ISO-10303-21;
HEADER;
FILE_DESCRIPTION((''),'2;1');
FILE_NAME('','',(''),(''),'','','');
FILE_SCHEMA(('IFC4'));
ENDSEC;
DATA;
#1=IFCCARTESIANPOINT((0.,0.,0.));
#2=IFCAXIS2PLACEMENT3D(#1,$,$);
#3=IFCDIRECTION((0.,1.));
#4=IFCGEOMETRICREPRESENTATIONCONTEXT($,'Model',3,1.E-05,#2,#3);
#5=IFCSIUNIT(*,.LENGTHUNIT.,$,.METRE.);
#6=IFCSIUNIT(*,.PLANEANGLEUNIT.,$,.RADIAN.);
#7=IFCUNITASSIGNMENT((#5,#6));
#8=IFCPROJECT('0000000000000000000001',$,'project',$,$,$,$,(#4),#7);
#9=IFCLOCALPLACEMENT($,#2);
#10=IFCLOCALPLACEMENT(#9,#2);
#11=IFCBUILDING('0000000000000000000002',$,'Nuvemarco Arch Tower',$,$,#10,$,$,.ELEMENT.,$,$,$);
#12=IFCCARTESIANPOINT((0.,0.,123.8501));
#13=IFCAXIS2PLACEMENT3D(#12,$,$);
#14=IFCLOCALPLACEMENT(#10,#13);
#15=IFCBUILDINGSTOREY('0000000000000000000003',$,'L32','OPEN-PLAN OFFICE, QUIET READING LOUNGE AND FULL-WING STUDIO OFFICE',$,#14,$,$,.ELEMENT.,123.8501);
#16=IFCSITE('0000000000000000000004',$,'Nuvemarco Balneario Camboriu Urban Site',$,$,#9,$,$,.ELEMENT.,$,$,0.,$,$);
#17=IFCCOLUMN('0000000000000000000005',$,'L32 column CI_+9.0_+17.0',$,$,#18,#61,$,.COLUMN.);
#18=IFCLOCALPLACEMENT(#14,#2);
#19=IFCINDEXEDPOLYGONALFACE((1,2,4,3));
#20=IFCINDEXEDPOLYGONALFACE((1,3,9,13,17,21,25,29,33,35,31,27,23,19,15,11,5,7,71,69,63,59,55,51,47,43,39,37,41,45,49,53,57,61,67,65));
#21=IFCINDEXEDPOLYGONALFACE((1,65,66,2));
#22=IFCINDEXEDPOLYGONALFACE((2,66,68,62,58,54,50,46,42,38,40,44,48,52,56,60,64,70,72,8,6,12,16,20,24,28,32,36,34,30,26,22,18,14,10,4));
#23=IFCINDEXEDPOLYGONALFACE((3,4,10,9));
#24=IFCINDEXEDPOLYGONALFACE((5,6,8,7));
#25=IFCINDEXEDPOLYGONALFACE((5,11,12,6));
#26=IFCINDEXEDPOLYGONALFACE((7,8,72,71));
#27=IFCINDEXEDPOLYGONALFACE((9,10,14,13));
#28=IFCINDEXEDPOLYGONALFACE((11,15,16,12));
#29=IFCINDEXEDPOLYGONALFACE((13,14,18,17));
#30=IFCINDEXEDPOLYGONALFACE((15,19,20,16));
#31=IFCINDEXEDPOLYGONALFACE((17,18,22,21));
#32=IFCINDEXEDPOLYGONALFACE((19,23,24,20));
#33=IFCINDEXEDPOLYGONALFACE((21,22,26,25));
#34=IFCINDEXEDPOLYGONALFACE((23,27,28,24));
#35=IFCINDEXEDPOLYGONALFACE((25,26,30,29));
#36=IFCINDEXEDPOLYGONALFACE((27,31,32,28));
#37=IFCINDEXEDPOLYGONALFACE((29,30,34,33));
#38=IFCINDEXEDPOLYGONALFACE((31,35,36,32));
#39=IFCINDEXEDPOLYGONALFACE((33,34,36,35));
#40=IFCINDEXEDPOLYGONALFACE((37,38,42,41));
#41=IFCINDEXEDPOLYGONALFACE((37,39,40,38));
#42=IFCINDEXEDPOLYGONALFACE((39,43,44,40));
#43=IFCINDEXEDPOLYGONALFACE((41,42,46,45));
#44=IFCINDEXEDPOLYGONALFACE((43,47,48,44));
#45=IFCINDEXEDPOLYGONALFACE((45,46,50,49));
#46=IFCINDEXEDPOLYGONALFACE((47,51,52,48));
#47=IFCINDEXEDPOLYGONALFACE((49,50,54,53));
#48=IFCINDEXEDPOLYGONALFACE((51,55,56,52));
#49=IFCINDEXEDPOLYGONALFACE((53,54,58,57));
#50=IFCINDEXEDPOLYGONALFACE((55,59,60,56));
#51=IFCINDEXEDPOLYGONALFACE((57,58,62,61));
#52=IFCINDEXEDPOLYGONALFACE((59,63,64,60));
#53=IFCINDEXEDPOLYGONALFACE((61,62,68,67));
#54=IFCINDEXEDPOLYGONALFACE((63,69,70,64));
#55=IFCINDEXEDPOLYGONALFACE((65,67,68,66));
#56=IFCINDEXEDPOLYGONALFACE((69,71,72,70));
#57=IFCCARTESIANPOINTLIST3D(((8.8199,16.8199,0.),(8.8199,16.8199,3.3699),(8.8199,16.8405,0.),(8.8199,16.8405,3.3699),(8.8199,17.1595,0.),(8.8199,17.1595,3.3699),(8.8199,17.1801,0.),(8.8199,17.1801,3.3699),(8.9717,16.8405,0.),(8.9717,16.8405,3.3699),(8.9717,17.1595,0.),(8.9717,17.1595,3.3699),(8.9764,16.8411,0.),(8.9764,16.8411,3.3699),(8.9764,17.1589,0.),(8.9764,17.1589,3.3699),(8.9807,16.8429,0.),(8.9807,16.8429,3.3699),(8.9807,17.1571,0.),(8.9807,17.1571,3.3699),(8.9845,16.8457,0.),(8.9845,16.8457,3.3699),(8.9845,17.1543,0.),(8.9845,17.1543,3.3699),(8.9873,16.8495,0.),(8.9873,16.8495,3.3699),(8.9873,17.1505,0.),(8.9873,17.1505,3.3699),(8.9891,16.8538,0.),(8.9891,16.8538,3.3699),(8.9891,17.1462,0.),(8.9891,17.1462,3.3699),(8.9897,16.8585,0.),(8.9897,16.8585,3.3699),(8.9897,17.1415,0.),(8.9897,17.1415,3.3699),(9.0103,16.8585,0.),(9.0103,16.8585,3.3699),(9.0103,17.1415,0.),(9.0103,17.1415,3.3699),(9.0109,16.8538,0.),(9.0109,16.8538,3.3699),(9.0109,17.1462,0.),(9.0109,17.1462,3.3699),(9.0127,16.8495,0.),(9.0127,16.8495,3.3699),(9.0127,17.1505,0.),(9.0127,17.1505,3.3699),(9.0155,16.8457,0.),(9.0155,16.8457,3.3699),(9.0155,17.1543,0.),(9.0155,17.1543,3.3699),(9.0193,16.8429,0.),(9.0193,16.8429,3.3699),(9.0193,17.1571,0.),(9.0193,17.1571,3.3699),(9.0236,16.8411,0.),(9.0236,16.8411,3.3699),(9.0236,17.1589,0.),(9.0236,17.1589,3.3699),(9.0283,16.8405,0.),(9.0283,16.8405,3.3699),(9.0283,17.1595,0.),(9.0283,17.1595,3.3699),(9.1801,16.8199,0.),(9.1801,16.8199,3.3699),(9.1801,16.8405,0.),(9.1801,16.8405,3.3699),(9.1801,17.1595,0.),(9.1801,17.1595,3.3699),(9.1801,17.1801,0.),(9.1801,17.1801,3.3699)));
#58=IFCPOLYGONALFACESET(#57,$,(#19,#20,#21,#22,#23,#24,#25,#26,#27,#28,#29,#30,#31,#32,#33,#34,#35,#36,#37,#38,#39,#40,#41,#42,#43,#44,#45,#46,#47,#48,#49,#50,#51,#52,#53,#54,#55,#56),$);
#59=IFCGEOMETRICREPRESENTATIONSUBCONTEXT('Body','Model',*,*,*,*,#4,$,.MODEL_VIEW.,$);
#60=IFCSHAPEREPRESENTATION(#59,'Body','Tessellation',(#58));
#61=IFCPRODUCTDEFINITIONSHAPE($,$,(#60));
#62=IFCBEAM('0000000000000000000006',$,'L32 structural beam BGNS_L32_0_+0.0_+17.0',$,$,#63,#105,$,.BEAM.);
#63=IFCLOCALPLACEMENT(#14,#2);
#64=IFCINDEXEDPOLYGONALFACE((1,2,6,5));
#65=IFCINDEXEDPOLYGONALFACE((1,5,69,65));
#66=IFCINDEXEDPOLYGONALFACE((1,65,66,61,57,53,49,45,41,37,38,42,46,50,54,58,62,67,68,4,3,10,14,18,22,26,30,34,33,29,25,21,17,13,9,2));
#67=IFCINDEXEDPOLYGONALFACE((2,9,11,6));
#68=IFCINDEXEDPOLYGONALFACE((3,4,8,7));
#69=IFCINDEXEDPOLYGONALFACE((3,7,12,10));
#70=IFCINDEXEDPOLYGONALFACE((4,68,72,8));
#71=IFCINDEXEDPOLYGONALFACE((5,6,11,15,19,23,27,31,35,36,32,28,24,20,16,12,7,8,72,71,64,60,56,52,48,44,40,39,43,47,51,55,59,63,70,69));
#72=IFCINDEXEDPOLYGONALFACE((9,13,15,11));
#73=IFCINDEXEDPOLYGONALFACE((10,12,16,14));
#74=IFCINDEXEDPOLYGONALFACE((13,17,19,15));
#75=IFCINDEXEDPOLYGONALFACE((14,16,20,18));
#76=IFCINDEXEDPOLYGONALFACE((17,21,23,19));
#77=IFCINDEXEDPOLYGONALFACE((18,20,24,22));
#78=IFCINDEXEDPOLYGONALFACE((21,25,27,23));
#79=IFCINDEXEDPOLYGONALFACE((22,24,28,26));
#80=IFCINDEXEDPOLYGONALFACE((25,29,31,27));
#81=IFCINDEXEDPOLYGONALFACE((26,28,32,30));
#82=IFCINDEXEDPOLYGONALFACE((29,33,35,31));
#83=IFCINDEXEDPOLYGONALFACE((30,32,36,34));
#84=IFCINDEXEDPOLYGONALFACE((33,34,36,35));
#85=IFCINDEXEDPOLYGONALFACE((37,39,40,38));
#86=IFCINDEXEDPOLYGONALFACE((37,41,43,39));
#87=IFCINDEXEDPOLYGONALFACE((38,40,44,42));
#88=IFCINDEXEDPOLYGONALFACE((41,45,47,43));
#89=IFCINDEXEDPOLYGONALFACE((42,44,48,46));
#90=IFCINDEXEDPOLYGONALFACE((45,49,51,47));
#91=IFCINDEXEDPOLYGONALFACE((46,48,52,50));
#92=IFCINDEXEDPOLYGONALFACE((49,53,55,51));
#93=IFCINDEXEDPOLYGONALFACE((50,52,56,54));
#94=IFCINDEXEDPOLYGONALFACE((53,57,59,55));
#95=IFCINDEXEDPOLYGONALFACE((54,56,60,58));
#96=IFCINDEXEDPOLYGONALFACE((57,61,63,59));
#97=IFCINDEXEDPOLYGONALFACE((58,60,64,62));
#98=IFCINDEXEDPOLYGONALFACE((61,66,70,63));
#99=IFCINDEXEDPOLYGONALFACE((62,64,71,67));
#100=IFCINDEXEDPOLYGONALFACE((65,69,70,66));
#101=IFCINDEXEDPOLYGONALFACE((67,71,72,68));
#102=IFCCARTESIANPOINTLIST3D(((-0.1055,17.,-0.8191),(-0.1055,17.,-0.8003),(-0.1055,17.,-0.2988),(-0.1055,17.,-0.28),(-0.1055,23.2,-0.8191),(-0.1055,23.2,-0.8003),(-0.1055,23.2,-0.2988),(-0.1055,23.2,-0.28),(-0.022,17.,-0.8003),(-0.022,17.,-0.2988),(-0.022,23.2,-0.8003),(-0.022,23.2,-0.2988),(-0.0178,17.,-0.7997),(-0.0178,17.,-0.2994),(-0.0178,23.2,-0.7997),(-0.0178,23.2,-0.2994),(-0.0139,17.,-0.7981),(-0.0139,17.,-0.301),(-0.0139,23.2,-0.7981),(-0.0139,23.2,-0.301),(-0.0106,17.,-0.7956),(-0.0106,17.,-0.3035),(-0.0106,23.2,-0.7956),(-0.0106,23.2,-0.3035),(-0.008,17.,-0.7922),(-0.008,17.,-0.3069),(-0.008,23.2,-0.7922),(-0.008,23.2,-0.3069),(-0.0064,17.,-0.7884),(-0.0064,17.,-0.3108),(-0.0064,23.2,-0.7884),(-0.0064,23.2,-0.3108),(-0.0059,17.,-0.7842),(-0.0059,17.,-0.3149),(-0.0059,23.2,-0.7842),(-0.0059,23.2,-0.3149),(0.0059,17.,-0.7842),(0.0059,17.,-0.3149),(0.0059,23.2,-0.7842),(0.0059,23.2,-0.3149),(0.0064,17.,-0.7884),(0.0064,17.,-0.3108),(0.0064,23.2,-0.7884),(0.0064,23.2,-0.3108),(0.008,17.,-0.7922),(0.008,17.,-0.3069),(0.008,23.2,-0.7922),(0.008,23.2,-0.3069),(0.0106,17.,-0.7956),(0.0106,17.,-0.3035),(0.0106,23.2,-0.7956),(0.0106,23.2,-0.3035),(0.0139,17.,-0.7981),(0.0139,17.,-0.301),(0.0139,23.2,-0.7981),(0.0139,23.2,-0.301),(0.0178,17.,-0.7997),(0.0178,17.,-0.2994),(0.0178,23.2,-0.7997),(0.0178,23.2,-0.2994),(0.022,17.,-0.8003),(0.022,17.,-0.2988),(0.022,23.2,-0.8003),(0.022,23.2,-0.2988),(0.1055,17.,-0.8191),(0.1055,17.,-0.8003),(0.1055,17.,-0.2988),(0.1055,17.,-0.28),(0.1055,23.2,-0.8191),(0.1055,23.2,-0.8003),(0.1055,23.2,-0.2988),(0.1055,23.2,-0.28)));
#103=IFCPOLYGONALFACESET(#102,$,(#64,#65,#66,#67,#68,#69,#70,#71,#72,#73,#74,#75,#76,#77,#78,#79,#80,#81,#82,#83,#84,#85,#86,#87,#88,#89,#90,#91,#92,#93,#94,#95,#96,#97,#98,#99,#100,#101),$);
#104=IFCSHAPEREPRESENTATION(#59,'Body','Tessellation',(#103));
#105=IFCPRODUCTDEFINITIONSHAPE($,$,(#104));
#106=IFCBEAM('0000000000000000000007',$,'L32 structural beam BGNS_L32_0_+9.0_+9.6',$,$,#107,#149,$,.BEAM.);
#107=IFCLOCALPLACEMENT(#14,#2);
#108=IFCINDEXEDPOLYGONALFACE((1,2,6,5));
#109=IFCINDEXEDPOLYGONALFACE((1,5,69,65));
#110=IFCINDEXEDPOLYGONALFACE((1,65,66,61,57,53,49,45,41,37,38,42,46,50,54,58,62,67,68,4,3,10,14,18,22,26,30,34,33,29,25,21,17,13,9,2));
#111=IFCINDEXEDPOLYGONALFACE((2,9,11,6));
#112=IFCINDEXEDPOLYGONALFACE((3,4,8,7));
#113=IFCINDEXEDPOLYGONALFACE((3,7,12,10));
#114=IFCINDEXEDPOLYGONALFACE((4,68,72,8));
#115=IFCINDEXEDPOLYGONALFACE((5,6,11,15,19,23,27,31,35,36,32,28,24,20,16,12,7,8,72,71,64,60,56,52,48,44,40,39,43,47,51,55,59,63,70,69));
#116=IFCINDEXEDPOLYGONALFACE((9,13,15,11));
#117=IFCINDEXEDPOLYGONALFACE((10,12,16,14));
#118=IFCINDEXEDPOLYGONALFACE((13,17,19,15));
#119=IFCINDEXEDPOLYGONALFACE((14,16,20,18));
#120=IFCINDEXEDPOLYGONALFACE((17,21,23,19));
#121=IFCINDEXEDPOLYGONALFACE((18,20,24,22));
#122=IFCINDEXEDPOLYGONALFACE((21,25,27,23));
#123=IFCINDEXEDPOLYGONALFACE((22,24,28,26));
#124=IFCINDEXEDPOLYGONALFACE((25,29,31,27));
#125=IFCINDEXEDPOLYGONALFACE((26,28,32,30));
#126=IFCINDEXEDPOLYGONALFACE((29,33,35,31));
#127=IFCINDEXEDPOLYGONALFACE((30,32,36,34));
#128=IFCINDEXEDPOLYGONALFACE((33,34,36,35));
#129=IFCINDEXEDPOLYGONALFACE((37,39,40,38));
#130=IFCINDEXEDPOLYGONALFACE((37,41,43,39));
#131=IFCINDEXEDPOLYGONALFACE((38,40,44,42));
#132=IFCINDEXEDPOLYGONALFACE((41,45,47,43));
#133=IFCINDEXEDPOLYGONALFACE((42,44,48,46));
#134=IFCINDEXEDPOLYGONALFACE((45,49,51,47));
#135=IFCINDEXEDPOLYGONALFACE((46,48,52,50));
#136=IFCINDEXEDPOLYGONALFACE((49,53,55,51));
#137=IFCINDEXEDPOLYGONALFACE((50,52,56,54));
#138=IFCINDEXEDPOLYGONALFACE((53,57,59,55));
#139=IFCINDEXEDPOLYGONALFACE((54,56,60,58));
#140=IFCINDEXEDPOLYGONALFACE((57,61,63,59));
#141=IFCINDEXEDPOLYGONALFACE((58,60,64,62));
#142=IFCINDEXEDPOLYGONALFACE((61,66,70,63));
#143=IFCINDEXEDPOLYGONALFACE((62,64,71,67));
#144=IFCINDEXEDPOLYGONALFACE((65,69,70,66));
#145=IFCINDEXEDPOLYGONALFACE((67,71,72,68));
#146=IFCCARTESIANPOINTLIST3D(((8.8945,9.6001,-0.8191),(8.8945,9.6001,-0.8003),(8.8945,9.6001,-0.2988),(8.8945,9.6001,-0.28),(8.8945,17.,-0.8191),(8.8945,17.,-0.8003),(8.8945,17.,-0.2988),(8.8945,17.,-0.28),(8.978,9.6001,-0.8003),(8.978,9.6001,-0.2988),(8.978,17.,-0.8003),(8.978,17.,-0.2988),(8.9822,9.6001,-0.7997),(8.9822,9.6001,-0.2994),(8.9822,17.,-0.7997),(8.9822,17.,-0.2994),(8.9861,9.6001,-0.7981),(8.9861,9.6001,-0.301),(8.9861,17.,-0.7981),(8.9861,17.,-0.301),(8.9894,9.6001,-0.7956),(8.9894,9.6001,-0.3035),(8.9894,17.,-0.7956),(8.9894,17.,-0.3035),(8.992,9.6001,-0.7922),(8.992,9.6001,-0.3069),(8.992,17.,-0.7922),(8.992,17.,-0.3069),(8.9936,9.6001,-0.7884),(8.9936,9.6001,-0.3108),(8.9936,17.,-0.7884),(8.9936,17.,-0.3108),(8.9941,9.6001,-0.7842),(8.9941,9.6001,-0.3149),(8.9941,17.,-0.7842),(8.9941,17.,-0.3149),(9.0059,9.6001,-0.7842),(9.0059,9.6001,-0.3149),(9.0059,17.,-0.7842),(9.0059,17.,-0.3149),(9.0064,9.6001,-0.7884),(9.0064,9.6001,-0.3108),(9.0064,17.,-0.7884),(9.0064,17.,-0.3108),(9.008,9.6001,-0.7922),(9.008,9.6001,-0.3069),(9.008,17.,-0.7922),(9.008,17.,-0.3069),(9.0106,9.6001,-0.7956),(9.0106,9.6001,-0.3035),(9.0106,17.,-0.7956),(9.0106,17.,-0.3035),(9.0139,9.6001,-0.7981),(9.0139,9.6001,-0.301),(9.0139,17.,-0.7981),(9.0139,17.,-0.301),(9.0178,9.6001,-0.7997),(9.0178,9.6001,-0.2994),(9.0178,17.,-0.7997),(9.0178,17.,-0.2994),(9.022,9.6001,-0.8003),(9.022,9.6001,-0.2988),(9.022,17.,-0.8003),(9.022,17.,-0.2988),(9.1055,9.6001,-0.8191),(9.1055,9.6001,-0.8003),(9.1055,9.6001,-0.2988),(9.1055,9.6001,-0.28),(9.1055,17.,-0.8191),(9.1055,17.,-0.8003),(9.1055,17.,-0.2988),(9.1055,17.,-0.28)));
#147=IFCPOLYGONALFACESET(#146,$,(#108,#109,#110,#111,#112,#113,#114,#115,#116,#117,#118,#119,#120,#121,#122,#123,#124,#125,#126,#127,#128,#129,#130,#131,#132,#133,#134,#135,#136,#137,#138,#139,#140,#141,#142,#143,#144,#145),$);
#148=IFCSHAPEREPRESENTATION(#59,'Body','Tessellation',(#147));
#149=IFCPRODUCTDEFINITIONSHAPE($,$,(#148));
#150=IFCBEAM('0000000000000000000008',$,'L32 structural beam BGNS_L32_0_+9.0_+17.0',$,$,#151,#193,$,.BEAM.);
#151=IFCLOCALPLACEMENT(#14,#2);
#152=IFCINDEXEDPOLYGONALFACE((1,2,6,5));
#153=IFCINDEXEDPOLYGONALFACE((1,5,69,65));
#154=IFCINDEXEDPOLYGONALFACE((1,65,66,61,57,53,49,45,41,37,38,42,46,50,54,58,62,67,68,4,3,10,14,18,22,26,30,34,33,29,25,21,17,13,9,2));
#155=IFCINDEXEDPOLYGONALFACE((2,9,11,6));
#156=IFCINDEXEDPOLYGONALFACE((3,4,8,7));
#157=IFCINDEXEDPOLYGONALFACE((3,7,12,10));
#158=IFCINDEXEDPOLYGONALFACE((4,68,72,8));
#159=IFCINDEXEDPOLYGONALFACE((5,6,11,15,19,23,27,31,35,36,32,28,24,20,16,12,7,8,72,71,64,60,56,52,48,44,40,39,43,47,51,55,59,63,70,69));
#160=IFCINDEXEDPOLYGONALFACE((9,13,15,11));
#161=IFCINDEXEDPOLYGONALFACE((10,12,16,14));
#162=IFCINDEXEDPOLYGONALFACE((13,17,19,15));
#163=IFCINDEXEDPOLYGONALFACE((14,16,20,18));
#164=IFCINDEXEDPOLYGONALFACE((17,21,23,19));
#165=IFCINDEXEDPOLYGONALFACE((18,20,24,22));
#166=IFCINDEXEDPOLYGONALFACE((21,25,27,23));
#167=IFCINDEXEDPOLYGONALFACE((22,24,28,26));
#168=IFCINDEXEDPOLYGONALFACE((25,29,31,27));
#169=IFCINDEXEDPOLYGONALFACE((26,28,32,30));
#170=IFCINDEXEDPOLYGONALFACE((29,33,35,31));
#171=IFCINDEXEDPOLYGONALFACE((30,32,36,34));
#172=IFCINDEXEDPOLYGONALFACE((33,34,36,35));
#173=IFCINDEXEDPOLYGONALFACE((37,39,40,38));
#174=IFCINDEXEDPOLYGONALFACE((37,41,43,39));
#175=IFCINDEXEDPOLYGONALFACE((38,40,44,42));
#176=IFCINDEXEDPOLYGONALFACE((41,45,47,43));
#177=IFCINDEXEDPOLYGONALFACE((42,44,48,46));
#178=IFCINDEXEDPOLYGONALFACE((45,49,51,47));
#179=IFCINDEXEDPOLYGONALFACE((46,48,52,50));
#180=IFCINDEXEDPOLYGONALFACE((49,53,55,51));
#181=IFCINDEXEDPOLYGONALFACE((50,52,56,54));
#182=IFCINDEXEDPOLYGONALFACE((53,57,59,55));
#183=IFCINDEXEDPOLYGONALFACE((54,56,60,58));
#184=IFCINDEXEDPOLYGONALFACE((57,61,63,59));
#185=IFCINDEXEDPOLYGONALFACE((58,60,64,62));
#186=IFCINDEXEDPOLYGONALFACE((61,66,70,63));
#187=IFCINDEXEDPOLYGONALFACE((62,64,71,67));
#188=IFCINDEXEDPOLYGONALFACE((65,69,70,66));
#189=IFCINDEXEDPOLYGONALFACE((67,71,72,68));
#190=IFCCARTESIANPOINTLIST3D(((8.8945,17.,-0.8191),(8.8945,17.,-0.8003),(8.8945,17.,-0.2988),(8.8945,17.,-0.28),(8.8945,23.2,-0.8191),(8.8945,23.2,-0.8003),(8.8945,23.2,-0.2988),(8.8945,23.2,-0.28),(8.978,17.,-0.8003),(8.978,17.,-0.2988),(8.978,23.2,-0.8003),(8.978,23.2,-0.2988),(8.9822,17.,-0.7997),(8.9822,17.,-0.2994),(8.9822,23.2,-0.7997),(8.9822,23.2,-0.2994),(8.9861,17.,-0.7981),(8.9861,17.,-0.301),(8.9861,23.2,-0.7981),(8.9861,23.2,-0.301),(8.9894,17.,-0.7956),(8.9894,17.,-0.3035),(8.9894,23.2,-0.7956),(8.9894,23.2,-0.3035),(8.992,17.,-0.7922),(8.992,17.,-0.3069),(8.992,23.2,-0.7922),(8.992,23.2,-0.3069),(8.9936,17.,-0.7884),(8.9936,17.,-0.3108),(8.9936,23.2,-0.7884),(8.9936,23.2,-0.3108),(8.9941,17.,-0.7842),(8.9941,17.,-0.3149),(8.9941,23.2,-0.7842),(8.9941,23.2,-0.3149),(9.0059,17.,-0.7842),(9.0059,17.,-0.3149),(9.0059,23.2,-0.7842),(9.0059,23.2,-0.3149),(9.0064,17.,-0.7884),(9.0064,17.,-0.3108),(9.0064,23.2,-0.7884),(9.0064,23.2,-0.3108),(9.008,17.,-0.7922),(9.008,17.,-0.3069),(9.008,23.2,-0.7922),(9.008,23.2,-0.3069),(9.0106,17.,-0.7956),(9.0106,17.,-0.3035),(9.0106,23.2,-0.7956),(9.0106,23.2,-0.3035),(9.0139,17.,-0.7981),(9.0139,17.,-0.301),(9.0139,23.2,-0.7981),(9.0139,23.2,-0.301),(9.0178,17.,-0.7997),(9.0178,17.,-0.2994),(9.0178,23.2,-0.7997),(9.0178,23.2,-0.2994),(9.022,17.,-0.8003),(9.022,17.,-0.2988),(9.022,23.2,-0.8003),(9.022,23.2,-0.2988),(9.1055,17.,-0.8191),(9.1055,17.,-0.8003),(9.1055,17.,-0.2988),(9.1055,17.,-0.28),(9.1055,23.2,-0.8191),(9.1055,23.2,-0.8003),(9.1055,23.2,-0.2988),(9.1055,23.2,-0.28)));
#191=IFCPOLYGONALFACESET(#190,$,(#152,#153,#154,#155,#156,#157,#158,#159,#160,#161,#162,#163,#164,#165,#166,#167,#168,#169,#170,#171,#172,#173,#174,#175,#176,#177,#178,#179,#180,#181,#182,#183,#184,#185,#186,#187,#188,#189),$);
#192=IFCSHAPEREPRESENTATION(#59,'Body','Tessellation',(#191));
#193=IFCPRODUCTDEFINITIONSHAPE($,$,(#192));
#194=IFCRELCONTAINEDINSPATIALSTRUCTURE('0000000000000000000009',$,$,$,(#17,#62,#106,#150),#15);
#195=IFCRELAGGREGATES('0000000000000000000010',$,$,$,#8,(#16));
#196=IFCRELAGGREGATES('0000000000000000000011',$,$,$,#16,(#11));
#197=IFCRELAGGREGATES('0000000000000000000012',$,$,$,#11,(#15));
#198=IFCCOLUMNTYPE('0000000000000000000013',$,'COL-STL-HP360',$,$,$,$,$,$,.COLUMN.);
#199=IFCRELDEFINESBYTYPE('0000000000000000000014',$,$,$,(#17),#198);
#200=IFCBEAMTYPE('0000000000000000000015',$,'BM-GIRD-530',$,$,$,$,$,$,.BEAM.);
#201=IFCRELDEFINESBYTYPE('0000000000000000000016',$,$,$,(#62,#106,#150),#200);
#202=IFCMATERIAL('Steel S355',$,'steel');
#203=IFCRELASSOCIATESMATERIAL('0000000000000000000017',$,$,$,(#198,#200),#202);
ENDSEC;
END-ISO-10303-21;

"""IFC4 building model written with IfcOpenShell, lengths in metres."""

from ifc_helpers import new_model, si_unit, direction, frame, origin, origin_2d, place, context, subcontext, project, spatial, i_section, extrude, material, material_profile, profile_set, type_object, element, save


model = new_model("IFC4")

# Units and contexts
model_context = context("Model", 3, precision=1e-05, world=origin(), true_north=direction((0.0, 1.0)))
body_context = subcontext(model_context, "Body", "Model", "MODEL_VIEW")
ifc_project = project(units=[si_unit("LENGTHUNIT", "METRE"), si_unit("PLANEANGLEUNIT", "RADIAN")], contexts=[model_context])

# Site, building, storey
site_placement = place(None, origin())
site = spatial("IfcSite", under=ifc_project, at=site_placement, Name="Nuvemarco Balneario Camboriu Urban Site", CompositionType="ELEMENT", RefElevation=0.0)
building_placement = place(site_placement, origin())
building = spatial("IfcBuilding", under=site, at=building_placement, Name="Nuvemarco Arch Tower", CompositionType="ELEMENT")
storey_placement = place(building_placement, frame((0.0, 0.0, 123.8501)))
storey = spatial("IfcBuildingStorey", under=building, at=storey_placement, Name="L32", Description="OPEN-PLAN OFFICE, QUIET READING LOUNGE AND FULL-WING STUDIO OFFICE", CompositionType="ELEMENT", Elevation=123.8501)

# Column
ifc_material_1 = material(Name="Steel S355", Category="steel")
ifc_material_profile_1 = material_profile(ifc_material_1, i_section(OverallWidth=0.3601, OverallDepth=0.3601, WebThickness=0.0205, FlangeThickness=0.0205, FilletRadius=0.0181, at=origin_2d()), Name="HP360x174")
ifc_profile_set_1 = profile_set([ifc_material_profile_1], Name="Steel S355")
column_type_1 = type_object("IfcColumnType", Name="COL-STL-HP360", PredefinedType="COLUMN", material=ifc_profile_set_1)
for number, where, z_axis, x_axis, name in (
    (1, (9.0, 17.0, 0.0), (0.0, 0.0, 1.0), (1.0, 0.0, 0.0), "L32 column CI_+9.0_+17.0"),
):
    element("IfcColumn", number, at=place(storey_placement, frame(where, z_axis=z_axis, x_axis=x_axis)), inside=storey, type_object=column_type_1, Name=name, PredefinedType="COLUMN", context=body_context, shape_type="SweptSolid", body=[
        extrude(i_section(OverallWidth=0.3601, OverallDepth=0.3601, WebThickness=0.0205, FlangeThickness=0.0205, FilletRadius=0.0181, at=origin_2d()), origin(), (0.0, 0.0, 1.0), 3.3699),
    ])

# Beams
ifc_material_profile_2 = material_profile(ifc_material_1, i_section(OverallWidth=0.2109, OverallDepth=0.5391, WebThickness=0.0117, FlangeThickness=0.0188, FilletRadius=0.0161, at=origin_2d()), Name="W530x109")
ifc_profile_set_2 = profile_set([ifc_material_profile_2], Name="Steel S355")
beam_type_1 = type_object("IfcBeamType", Name="BM-GIRD-530", PredefinedType="BEAM", material=ifc_profile_set_2)
beam_1_placement = place(storey_placement, frame((0.0, 17.0, -0.5496), z_axis=(0.0, 1.0, 0.0), x_axis=(-1.0, 0.0, 0.0)))
element("IfcBeam", 2, at=beam_1_placement, inside=storey, type_object=beam_type_1, Name="L32 structural beam BGNS_L32_0_+0.0_+17.0", PredefinedType="BEAM", context=body_context, shape_type="SweptSolid", body=[
    extrude(i_section(OverallWidth=0.2109, OverallDepth=0.5391, WebThickness=0.0117, FlangeThickness=0.0188, FilletRadius=0.0161, at=origin_2d()), origin(), (0.0, 0.0, 1.0), 6.2),
])
beam_2_placement = place(storey_placement, frame((9.0, 9.6001, -0.5496), z_axis=(0.0, 1.0, 0.0), x_axis=(-1.0, 0.0, 0.0)))
element("IfcBeam", 3, at=beam_2_placement, inside=storey, type_object=beam_type_1, Name="L32 structural beam BGNS_L32_0_+9.0_+9.6", PredefinedType="BEAM", context=body_context, shape_type="SweptSolid", body=[
    extrude(i_section(OverallWidth=0.2109, OverallDepth=0.5391, WebThickness=0.0117, FlangeThickness=0.0188, FilletRadius=0.0161, at=origin_2d()), origin(), (0.0, 0.0, 1.0), 7.3999),
])
beam_3_placement = place(storey_placement, frame((9.0, 17.0, -0.5496), z_axis=(0.0, 1.0, 0.0), x_axis=(-1.0, 0.0, 0.0)))
element("IfcBeam", 4, at=beam_3_placement, inside=storey, type_object=beam_type_1, Name="L32 structural beam BGNS_L32_0_+9.0_+17.0", PredefinedType="BEAM", context=body_context, shape_type="SweptSolid", body=[
    extrude(i_section(OverallWidth=0.2109, OverallDepth=0.5391, WebThickness=0.0117, FlangeThickness=0.0188, FilletRadius=0.0161, at=origin_2d()), origin(), (0.0, 0.0, 1.0), 6.2),
])

save(model, "model.ifc")
